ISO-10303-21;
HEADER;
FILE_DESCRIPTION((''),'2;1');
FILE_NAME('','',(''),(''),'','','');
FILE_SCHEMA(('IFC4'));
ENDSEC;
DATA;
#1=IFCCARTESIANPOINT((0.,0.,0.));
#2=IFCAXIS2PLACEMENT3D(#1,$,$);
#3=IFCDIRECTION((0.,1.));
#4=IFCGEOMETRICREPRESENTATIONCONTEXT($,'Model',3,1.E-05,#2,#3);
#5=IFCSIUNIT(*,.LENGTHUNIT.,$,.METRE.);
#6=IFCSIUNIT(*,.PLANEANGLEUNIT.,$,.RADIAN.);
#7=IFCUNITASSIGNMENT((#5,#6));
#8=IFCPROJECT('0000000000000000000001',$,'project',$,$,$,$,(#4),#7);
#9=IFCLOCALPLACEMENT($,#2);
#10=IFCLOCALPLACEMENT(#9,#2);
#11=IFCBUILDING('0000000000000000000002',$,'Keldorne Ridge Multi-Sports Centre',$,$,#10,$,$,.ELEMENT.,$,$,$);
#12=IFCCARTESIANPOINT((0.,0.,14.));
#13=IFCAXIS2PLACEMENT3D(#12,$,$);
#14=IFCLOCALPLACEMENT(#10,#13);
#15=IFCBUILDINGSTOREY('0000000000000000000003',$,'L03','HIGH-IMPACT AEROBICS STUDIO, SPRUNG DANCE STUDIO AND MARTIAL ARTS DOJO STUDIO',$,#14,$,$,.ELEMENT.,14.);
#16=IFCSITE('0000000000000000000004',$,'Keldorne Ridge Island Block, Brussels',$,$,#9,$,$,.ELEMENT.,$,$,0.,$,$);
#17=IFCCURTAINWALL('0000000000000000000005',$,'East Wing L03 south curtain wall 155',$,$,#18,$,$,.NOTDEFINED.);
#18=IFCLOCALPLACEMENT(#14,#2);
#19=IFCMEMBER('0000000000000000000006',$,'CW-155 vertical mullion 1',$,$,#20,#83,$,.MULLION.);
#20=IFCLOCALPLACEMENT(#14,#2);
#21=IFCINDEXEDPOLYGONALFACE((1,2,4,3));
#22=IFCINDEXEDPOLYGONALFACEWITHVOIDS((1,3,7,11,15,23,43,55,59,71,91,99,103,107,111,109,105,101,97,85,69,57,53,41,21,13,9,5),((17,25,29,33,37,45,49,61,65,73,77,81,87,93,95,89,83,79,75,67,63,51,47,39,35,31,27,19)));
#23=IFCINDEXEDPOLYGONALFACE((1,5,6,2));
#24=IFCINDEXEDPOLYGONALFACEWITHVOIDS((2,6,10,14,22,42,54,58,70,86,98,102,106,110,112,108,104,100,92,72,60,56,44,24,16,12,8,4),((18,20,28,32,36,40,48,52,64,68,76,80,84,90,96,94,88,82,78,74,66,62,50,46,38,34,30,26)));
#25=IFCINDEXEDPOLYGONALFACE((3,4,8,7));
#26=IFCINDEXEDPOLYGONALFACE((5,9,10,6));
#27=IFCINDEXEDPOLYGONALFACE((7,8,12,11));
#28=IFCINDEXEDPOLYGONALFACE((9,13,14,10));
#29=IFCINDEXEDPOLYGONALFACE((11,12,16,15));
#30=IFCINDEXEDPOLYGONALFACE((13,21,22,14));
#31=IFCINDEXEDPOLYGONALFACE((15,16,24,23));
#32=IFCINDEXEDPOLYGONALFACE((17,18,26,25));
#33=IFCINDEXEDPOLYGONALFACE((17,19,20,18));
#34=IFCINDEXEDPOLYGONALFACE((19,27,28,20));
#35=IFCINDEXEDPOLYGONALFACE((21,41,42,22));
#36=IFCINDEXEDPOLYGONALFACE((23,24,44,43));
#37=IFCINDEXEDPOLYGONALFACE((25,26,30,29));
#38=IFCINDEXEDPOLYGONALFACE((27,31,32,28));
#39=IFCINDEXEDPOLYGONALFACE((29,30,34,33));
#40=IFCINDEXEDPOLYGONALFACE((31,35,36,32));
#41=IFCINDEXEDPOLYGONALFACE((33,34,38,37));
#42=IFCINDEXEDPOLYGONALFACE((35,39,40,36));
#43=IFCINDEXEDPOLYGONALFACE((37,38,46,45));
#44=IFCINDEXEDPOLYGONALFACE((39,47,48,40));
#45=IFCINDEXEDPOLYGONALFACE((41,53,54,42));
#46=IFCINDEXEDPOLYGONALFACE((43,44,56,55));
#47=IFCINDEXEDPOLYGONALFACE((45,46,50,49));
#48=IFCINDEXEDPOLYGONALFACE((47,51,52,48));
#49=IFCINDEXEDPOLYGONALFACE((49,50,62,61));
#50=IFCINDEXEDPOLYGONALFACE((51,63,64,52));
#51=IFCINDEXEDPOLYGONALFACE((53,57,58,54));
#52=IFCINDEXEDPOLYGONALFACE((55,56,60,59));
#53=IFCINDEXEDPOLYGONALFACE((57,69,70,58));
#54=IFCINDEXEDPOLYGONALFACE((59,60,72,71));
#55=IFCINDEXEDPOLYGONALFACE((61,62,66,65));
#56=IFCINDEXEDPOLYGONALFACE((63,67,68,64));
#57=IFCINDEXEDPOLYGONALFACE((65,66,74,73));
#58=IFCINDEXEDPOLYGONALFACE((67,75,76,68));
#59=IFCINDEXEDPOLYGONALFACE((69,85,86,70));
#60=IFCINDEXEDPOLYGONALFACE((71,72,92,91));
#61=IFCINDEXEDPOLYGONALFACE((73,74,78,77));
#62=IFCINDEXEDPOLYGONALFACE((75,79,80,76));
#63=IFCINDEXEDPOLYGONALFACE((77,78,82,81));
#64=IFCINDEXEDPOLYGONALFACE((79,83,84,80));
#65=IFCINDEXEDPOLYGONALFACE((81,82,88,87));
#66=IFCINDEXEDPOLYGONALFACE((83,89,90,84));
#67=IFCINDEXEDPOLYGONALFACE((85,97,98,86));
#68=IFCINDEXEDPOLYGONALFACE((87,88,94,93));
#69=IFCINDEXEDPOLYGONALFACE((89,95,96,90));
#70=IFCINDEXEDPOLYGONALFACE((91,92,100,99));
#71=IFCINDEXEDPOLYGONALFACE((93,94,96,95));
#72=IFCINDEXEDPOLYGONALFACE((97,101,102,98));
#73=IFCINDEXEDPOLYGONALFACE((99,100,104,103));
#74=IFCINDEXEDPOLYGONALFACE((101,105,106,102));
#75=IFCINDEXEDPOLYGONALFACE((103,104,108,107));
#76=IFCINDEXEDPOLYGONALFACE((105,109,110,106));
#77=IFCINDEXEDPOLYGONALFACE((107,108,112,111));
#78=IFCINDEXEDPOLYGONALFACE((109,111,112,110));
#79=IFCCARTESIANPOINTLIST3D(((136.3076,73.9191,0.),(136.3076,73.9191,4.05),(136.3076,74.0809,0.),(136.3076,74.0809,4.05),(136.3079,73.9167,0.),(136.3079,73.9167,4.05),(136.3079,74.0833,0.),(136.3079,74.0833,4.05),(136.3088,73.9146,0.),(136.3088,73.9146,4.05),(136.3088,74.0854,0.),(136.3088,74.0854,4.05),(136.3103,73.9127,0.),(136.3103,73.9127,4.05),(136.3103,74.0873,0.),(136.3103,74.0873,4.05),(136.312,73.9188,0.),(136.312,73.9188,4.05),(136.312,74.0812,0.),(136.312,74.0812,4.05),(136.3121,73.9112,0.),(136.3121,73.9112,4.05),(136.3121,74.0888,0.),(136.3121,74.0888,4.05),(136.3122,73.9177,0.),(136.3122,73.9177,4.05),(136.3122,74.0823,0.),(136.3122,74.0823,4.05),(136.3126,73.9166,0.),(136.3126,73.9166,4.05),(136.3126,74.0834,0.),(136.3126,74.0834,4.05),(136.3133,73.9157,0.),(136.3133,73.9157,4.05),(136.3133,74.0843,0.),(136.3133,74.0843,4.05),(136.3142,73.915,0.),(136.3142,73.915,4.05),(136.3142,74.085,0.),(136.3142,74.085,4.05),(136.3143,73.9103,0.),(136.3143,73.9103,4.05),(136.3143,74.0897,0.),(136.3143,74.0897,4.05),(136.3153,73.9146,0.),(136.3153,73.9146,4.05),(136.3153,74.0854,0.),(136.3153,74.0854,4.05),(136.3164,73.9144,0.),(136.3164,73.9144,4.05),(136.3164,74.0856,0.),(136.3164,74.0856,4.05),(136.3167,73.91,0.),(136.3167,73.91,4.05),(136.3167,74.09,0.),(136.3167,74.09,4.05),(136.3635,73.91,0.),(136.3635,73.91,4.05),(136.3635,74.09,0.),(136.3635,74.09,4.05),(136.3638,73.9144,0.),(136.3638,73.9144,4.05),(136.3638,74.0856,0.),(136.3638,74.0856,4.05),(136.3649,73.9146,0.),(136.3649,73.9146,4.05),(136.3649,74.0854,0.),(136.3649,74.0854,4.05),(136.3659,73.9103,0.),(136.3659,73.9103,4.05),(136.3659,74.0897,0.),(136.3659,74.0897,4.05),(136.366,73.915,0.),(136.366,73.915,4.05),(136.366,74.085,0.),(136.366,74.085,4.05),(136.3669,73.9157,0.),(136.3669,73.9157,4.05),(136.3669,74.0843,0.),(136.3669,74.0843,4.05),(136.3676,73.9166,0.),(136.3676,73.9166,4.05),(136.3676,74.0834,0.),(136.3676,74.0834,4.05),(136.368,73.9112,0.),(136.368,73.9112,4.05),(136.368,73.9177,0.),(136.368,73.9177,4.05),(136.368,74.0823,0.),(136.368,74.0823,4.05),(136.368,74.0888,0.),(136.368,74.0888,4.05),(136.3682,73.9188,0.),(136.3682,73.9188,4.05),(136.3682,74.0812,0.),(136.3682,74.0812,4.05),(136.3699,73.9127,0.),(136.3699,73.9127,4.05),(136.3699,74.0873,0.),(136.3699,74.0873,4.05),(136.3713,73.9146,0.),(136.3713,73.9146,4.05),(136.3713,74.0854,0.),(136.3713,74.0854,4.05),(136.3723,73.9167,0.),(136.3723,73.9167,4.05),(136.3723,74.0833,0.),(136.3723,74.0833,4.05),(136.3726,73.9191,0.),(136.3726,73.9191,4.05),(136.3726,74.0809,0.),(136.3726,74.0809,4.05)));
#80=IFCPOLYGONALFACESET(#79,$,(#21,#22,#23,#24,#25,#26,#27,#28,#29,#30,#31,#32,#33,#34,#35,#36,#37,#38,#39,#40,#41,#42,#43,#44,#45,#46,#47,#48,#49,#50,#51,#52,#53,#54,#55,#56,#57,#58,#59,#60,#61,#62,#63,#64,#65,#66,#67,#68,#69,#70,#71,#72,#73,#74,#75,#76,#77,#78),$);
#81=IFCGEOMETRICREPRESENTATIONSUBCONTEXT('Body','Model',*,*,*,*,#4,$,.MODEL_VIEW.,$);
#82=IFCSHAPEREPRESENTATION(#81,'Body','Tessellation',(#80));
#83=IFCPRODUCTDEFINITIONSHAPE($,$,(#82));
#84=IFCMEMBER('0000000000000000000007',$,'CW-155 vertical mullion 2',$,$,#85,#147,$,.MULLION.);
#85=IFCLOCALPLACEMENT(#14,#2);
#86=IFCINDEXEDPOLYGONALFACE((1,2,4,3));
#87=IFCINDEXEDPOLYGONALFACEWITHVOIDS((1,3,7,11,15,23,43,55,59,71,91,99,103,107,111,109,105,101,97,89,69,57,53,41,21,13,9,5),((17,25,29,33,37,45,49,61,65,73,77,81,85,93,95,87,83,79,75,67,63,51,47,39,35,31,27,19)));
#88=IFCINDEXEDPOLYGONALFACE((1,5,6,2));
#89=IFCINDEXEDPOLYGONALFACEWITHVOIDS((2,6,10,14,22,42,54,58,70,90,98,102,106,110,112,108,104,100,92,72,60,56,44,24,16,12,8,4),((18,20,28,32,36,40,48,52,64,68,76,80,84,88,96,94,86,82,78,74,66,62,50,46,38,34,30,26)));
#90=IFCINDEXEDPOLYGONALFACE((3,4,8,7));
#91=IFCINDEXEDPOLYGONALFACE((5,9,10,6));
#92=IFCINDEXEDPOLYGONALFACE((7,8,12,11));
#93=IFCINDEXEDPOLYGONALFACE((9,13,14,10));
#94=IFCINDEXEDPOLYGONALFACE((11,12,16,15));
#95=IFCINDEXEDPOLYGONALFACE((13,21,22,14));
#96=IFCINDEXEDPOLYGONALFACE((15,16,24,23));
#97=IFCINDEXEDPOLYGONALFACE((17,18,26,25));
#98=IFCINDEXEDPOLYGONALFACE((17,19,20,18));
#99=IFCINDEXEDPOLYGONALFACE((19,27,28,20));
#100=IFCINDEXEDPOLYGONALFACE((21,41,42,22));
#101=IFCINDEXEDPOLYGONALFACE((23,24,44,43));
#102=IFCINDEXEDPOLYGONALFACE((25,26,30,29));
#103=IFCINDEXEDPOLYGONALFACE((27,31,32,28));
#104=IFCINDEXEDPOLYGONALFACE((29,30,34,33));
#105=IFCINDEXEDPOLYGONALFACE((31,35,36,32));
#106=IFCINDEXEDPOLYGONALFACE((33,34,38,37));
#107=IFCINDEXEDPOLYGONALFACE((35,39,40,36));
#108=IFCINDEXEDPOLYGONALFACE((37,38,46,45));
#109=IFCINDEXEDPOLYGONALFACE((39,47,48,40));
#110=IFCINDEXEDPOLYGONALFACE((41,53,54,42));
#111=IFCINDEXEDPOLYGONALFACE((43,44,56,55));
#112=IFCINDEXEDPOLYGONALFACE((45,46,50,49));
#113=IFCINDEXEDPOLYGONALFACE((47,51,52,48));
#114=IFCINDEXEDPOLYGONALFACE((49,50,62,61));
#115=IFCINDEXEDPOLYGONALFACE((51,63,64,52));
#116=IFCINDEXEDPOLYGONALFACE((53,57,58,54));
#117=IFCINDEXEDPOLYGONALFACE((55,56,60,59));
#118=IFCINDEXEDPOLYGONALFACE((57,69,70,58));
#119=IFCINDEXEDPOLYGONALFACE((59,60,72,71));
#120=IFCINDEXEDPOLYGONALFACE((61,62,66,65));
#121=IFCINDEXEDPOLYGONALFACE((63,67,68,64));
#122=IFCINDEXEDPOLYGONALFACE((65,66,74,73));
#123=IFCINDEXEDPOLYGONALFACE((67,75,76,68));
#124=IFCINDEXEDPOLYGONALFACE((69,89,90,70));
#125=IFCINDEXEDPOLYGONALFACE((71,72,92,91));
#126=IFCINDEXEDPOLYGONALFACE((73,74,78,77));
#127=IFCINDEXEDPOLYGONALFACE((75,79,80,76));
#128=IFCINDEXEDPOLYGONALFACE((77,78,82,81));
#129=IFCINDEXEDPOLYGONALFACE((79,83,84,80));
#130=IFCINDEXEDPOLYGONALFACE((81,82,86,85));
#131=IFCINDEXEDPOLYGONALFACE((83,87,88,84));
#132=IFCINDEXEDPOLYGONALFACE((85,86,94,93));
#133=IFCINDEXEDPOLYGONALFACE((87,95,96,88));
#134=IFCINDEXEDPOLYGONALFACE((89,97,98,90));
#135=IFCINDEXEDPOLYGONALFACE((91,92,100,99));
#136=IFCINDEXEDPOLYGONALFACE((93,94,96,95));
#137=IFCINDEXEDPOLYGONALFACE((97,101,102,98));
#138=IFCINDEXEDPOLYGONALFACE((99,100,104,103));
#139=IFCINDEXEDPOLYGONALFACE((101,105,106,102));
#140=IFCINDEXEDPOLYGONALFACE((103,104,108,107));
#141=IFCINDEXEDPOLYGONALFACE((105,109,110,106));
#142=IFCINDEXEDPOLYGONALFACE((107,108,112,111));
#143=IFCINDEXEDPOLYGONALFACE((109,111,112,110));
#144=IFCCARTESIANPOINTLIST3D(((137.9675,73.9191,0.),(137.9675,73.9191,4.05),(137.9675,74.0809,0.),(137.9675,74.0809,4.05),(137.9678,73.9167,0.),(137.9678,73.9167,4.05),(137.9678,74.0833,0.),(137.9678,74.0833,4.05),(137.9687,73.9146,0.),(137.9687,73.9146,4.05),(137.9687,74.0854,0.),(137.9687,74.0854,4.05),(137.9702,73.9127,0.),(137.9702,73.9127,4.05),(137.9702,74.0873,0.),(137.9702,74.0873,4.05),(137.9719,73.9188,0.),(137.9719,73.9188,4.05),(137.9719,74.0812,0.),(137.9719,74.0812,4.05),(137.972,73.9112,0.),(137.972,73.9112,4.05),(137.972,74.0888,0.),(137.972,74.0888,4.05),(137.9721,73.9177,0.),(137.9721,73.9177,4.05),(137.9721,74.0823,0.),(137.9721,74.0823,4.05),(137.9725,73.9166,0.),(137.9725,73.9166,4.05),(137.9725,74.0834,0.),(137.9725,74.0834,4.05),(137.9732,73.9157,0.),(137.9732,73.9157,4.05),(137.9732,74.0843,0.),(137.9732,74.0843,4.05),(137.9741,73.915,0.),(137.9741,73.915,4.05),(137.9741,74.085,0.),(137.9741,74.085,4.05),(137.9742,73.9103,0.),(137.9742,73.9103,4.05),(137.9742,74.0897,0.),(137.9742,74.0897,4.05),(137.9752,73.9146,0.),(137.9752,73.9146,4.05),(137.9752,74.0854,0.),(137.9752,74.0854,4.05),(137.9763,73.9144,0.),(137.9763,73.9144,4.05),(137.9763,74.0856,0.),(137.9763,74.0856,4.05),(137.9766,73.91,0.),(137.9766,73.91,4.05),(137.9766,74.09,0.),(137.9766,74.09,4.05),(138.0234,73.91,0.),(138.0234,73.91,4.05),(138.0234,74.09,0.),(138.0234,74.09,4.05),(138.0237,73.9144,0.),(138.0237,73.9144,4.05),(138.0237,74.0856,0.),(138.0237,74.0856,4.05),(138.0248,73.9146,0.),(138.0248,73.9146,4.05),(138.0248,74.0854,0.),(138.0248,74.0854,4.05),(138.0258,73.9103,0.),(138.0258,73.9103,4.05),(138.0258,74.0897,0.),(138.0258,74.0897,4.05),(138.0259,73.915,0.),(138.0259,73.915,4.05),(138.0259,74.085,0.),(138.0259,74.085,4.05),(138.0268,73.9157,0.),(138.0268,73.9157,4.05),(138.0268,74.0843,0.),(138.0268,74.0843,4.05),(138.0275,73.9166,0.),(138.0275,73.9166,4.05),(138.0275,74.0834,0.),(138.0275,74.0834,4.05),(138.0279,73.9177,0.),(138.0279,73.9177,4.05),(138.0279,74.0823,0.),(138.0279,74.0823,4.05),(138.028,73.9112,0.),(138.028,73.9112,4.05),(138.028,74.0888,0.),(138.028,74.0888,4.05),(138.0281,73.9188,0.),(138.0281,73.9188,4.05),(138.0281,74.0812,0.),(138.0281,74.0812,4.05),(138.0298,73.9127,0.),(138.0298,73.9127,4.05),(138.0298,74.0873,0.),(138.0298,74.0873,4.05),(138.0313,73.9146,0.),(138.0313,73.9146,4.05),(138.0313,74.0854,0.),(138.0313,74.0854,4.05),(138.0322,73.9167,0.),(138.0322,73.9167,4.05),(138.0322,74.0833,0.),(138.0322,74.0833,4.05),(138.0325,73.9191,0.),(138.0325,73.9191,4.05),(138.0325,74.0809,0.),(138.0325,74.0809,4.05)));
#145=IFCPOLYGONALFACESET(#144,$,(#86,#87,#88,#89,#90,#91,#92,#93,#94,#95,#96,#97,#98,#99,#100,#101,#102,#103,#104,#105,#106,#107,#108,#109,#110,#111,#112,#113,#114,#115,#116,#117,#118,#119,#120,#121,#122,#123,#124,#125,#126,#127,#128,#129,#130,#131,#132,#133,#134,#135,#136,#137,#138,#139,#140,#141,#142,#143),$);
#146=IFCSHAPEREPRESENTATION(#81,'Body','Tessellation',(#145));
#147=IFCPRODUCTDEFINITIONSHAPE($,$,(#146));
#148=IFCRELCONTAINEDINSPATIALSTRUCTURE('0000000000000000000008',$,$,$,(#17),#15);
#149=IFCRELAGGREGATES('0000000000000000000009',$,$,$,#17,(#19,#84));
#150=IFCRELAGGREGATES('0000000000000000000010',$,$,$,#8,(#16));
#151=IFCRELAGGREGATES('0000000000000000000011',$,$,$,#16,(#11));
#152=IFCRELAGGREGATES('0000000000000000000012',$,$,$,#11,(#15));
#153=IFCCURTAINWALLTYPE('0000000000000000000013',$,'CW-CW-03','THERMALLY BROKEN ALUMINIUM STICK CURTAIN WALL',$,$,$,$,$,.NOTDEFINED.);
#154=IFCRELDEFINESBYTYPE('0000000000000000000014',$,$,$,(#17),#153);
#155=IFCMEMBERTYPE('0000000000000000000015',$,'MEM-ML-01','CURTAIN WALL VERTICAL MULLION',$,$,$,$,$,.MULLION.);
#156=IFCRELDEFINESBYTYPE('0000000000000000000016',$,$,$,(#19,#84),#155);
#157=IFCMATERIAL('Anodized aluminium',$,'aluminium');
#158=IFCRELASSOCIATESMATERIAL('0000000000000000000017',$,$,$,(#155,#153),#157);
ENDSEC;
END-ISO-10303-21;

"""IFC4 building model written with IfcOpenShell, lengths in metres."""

from ifc_helpers import new_model, si_unit, direction, frame, origin, origin_2d, place, context, subcontext, project, spatial, hollow_rectangle, extrude, material, material_profile, profile_set, type_object, element, aggregate, save


model = new_model("IFC4")

# Units and contexts
model_context = context("Model", 3, precision=1e-05, world=origin(), true_north=direction((0.0, 1.0)))
body_context = subcontext(model_context, "Body", "Model", "MODEL_VIEW")
ifc_project = project(units=[si_unit("LENGTHUNIT", "METRE"), si_unit("PLANEANGLEUNIT", "RADIAN")], contexts=[model_context])

# Site, building, storey
site_placement = place(None, origin())
site = spatial("IfcSite", under=ifc_project, at=site_placement, Name="Keldorne Ridge Island Block, Brussels", CompositionType="ELEMENT", RefElevation=0.0)
building_placement = place(site_placement, origin())
building = spatial("IfcBuilding", under=site, at=building_placement, Name="Keldorne Ridge Multi-Sports Centre", CompositionType="ELEMENT")
storey_placement = place(building_placement, frame((0.0, 0.0, 14.0)))
storey = spatial("IfcBuildingStorey", under=building, at=storey_placement, Name="L03", Description="HIGH-IMPACT AEROBICS STUDIO, SPRUNG DANCE STUDIO AND MARTIAL ARTS DOJO STUDIO", CompositionType="ELEMENT", Elevation=14.0)

# Shared definitions
ifc_material_1 = material(Name="Anodized aluminium", Category="aluminium")
ifc_material_profile_1 = material_profile(ifc_material_1, hollow_rectangle(XDim=0.0649, YDim=0.1799, WallThickness=0.0044, InnerFilletRadius=0.0044, OuterFilletRadius=0.009, at=origin_2d()), Name="ALU MULLION 180x65x4.5")
ifc_profile_set_1 = profile_set([ifc_material_profile_1], Name="Anodized aluminium")
member_type_1 = type_object("IfcMemberType", Name="MEM-ML-01", Description="CURTAIN WALL VERTICAL MULLION", PredefinedType="MULLION", material=ifc_profile_set_1)

# Curtain wall, members
curtain_wall_type_1 = type_object("IfcCurtainWallType", Name="CW-CW-03", Description="THERMALLY BROKEN ALUMINIUM STICK CURTAIN WALL", PredefinedType="NOTDEFINED", material=ifc_material_1)
curtain_wall_1_placement = place(storey_placement, origin())
curtain_wall_1 = element("IfcCurtainWall", 1, at=curtain_wall_1_placement, inside=storey, type_object=curtain_wall_type_1, Name="East Wing L03 south curtain wall 155", PredefinedType="NOTDEFINED")
member_1_placement = place(storey_placement, frame((136.3401, 74.0, 0.0), z_axis=(0.0, 0.0, 1.0), x_axis=(1.0, 0.0, 0.0)))
member_1 = element("IfcMember", 2, at=member_1_placement, type_object=member_type_1, Name="CW-155 vertical mullion 1", PredefinedType="MULLION", context=body_context, shape_type="SweptSolid", body=[
    extrude(hollow_rectangle(XDim=0.0649, YDim=0.1799, WallThickness=0.0044, InnerFilletRadius=0.0044, OuterFilletRadius=0.009, at=origin_2d()), origin(), (0.0, 0.0, 1.0), 4.05),
])
member_2_placement = place(storey_placement, frame((138.0, 74.0, 0.0), z_axis=(0.0, 0.0, 1.0), x_axis=(1.0, 0.0, 0.0)))
member_2 = element("IfcMember", 3, at=member_2_placement, type_object=member_type_1, Name="CW-155 vertical mullion 2", PredefinedType="MULLION", context=body_context, shape_type="SweptSolid", body=[
    extrude(hollow_rectangle(XDim=0.0649, YDim=0.1799, WallThickness=0.0044, InnerFilletRadius=0.0044, OuterFilletRadius=0.009, at=origin_2d()), origin(), (0.0, 0.0, 1.0), 4.05),
])
aggregate(curtain_wall_1, [member_1, member_2])

save(model, "model.ifc")
